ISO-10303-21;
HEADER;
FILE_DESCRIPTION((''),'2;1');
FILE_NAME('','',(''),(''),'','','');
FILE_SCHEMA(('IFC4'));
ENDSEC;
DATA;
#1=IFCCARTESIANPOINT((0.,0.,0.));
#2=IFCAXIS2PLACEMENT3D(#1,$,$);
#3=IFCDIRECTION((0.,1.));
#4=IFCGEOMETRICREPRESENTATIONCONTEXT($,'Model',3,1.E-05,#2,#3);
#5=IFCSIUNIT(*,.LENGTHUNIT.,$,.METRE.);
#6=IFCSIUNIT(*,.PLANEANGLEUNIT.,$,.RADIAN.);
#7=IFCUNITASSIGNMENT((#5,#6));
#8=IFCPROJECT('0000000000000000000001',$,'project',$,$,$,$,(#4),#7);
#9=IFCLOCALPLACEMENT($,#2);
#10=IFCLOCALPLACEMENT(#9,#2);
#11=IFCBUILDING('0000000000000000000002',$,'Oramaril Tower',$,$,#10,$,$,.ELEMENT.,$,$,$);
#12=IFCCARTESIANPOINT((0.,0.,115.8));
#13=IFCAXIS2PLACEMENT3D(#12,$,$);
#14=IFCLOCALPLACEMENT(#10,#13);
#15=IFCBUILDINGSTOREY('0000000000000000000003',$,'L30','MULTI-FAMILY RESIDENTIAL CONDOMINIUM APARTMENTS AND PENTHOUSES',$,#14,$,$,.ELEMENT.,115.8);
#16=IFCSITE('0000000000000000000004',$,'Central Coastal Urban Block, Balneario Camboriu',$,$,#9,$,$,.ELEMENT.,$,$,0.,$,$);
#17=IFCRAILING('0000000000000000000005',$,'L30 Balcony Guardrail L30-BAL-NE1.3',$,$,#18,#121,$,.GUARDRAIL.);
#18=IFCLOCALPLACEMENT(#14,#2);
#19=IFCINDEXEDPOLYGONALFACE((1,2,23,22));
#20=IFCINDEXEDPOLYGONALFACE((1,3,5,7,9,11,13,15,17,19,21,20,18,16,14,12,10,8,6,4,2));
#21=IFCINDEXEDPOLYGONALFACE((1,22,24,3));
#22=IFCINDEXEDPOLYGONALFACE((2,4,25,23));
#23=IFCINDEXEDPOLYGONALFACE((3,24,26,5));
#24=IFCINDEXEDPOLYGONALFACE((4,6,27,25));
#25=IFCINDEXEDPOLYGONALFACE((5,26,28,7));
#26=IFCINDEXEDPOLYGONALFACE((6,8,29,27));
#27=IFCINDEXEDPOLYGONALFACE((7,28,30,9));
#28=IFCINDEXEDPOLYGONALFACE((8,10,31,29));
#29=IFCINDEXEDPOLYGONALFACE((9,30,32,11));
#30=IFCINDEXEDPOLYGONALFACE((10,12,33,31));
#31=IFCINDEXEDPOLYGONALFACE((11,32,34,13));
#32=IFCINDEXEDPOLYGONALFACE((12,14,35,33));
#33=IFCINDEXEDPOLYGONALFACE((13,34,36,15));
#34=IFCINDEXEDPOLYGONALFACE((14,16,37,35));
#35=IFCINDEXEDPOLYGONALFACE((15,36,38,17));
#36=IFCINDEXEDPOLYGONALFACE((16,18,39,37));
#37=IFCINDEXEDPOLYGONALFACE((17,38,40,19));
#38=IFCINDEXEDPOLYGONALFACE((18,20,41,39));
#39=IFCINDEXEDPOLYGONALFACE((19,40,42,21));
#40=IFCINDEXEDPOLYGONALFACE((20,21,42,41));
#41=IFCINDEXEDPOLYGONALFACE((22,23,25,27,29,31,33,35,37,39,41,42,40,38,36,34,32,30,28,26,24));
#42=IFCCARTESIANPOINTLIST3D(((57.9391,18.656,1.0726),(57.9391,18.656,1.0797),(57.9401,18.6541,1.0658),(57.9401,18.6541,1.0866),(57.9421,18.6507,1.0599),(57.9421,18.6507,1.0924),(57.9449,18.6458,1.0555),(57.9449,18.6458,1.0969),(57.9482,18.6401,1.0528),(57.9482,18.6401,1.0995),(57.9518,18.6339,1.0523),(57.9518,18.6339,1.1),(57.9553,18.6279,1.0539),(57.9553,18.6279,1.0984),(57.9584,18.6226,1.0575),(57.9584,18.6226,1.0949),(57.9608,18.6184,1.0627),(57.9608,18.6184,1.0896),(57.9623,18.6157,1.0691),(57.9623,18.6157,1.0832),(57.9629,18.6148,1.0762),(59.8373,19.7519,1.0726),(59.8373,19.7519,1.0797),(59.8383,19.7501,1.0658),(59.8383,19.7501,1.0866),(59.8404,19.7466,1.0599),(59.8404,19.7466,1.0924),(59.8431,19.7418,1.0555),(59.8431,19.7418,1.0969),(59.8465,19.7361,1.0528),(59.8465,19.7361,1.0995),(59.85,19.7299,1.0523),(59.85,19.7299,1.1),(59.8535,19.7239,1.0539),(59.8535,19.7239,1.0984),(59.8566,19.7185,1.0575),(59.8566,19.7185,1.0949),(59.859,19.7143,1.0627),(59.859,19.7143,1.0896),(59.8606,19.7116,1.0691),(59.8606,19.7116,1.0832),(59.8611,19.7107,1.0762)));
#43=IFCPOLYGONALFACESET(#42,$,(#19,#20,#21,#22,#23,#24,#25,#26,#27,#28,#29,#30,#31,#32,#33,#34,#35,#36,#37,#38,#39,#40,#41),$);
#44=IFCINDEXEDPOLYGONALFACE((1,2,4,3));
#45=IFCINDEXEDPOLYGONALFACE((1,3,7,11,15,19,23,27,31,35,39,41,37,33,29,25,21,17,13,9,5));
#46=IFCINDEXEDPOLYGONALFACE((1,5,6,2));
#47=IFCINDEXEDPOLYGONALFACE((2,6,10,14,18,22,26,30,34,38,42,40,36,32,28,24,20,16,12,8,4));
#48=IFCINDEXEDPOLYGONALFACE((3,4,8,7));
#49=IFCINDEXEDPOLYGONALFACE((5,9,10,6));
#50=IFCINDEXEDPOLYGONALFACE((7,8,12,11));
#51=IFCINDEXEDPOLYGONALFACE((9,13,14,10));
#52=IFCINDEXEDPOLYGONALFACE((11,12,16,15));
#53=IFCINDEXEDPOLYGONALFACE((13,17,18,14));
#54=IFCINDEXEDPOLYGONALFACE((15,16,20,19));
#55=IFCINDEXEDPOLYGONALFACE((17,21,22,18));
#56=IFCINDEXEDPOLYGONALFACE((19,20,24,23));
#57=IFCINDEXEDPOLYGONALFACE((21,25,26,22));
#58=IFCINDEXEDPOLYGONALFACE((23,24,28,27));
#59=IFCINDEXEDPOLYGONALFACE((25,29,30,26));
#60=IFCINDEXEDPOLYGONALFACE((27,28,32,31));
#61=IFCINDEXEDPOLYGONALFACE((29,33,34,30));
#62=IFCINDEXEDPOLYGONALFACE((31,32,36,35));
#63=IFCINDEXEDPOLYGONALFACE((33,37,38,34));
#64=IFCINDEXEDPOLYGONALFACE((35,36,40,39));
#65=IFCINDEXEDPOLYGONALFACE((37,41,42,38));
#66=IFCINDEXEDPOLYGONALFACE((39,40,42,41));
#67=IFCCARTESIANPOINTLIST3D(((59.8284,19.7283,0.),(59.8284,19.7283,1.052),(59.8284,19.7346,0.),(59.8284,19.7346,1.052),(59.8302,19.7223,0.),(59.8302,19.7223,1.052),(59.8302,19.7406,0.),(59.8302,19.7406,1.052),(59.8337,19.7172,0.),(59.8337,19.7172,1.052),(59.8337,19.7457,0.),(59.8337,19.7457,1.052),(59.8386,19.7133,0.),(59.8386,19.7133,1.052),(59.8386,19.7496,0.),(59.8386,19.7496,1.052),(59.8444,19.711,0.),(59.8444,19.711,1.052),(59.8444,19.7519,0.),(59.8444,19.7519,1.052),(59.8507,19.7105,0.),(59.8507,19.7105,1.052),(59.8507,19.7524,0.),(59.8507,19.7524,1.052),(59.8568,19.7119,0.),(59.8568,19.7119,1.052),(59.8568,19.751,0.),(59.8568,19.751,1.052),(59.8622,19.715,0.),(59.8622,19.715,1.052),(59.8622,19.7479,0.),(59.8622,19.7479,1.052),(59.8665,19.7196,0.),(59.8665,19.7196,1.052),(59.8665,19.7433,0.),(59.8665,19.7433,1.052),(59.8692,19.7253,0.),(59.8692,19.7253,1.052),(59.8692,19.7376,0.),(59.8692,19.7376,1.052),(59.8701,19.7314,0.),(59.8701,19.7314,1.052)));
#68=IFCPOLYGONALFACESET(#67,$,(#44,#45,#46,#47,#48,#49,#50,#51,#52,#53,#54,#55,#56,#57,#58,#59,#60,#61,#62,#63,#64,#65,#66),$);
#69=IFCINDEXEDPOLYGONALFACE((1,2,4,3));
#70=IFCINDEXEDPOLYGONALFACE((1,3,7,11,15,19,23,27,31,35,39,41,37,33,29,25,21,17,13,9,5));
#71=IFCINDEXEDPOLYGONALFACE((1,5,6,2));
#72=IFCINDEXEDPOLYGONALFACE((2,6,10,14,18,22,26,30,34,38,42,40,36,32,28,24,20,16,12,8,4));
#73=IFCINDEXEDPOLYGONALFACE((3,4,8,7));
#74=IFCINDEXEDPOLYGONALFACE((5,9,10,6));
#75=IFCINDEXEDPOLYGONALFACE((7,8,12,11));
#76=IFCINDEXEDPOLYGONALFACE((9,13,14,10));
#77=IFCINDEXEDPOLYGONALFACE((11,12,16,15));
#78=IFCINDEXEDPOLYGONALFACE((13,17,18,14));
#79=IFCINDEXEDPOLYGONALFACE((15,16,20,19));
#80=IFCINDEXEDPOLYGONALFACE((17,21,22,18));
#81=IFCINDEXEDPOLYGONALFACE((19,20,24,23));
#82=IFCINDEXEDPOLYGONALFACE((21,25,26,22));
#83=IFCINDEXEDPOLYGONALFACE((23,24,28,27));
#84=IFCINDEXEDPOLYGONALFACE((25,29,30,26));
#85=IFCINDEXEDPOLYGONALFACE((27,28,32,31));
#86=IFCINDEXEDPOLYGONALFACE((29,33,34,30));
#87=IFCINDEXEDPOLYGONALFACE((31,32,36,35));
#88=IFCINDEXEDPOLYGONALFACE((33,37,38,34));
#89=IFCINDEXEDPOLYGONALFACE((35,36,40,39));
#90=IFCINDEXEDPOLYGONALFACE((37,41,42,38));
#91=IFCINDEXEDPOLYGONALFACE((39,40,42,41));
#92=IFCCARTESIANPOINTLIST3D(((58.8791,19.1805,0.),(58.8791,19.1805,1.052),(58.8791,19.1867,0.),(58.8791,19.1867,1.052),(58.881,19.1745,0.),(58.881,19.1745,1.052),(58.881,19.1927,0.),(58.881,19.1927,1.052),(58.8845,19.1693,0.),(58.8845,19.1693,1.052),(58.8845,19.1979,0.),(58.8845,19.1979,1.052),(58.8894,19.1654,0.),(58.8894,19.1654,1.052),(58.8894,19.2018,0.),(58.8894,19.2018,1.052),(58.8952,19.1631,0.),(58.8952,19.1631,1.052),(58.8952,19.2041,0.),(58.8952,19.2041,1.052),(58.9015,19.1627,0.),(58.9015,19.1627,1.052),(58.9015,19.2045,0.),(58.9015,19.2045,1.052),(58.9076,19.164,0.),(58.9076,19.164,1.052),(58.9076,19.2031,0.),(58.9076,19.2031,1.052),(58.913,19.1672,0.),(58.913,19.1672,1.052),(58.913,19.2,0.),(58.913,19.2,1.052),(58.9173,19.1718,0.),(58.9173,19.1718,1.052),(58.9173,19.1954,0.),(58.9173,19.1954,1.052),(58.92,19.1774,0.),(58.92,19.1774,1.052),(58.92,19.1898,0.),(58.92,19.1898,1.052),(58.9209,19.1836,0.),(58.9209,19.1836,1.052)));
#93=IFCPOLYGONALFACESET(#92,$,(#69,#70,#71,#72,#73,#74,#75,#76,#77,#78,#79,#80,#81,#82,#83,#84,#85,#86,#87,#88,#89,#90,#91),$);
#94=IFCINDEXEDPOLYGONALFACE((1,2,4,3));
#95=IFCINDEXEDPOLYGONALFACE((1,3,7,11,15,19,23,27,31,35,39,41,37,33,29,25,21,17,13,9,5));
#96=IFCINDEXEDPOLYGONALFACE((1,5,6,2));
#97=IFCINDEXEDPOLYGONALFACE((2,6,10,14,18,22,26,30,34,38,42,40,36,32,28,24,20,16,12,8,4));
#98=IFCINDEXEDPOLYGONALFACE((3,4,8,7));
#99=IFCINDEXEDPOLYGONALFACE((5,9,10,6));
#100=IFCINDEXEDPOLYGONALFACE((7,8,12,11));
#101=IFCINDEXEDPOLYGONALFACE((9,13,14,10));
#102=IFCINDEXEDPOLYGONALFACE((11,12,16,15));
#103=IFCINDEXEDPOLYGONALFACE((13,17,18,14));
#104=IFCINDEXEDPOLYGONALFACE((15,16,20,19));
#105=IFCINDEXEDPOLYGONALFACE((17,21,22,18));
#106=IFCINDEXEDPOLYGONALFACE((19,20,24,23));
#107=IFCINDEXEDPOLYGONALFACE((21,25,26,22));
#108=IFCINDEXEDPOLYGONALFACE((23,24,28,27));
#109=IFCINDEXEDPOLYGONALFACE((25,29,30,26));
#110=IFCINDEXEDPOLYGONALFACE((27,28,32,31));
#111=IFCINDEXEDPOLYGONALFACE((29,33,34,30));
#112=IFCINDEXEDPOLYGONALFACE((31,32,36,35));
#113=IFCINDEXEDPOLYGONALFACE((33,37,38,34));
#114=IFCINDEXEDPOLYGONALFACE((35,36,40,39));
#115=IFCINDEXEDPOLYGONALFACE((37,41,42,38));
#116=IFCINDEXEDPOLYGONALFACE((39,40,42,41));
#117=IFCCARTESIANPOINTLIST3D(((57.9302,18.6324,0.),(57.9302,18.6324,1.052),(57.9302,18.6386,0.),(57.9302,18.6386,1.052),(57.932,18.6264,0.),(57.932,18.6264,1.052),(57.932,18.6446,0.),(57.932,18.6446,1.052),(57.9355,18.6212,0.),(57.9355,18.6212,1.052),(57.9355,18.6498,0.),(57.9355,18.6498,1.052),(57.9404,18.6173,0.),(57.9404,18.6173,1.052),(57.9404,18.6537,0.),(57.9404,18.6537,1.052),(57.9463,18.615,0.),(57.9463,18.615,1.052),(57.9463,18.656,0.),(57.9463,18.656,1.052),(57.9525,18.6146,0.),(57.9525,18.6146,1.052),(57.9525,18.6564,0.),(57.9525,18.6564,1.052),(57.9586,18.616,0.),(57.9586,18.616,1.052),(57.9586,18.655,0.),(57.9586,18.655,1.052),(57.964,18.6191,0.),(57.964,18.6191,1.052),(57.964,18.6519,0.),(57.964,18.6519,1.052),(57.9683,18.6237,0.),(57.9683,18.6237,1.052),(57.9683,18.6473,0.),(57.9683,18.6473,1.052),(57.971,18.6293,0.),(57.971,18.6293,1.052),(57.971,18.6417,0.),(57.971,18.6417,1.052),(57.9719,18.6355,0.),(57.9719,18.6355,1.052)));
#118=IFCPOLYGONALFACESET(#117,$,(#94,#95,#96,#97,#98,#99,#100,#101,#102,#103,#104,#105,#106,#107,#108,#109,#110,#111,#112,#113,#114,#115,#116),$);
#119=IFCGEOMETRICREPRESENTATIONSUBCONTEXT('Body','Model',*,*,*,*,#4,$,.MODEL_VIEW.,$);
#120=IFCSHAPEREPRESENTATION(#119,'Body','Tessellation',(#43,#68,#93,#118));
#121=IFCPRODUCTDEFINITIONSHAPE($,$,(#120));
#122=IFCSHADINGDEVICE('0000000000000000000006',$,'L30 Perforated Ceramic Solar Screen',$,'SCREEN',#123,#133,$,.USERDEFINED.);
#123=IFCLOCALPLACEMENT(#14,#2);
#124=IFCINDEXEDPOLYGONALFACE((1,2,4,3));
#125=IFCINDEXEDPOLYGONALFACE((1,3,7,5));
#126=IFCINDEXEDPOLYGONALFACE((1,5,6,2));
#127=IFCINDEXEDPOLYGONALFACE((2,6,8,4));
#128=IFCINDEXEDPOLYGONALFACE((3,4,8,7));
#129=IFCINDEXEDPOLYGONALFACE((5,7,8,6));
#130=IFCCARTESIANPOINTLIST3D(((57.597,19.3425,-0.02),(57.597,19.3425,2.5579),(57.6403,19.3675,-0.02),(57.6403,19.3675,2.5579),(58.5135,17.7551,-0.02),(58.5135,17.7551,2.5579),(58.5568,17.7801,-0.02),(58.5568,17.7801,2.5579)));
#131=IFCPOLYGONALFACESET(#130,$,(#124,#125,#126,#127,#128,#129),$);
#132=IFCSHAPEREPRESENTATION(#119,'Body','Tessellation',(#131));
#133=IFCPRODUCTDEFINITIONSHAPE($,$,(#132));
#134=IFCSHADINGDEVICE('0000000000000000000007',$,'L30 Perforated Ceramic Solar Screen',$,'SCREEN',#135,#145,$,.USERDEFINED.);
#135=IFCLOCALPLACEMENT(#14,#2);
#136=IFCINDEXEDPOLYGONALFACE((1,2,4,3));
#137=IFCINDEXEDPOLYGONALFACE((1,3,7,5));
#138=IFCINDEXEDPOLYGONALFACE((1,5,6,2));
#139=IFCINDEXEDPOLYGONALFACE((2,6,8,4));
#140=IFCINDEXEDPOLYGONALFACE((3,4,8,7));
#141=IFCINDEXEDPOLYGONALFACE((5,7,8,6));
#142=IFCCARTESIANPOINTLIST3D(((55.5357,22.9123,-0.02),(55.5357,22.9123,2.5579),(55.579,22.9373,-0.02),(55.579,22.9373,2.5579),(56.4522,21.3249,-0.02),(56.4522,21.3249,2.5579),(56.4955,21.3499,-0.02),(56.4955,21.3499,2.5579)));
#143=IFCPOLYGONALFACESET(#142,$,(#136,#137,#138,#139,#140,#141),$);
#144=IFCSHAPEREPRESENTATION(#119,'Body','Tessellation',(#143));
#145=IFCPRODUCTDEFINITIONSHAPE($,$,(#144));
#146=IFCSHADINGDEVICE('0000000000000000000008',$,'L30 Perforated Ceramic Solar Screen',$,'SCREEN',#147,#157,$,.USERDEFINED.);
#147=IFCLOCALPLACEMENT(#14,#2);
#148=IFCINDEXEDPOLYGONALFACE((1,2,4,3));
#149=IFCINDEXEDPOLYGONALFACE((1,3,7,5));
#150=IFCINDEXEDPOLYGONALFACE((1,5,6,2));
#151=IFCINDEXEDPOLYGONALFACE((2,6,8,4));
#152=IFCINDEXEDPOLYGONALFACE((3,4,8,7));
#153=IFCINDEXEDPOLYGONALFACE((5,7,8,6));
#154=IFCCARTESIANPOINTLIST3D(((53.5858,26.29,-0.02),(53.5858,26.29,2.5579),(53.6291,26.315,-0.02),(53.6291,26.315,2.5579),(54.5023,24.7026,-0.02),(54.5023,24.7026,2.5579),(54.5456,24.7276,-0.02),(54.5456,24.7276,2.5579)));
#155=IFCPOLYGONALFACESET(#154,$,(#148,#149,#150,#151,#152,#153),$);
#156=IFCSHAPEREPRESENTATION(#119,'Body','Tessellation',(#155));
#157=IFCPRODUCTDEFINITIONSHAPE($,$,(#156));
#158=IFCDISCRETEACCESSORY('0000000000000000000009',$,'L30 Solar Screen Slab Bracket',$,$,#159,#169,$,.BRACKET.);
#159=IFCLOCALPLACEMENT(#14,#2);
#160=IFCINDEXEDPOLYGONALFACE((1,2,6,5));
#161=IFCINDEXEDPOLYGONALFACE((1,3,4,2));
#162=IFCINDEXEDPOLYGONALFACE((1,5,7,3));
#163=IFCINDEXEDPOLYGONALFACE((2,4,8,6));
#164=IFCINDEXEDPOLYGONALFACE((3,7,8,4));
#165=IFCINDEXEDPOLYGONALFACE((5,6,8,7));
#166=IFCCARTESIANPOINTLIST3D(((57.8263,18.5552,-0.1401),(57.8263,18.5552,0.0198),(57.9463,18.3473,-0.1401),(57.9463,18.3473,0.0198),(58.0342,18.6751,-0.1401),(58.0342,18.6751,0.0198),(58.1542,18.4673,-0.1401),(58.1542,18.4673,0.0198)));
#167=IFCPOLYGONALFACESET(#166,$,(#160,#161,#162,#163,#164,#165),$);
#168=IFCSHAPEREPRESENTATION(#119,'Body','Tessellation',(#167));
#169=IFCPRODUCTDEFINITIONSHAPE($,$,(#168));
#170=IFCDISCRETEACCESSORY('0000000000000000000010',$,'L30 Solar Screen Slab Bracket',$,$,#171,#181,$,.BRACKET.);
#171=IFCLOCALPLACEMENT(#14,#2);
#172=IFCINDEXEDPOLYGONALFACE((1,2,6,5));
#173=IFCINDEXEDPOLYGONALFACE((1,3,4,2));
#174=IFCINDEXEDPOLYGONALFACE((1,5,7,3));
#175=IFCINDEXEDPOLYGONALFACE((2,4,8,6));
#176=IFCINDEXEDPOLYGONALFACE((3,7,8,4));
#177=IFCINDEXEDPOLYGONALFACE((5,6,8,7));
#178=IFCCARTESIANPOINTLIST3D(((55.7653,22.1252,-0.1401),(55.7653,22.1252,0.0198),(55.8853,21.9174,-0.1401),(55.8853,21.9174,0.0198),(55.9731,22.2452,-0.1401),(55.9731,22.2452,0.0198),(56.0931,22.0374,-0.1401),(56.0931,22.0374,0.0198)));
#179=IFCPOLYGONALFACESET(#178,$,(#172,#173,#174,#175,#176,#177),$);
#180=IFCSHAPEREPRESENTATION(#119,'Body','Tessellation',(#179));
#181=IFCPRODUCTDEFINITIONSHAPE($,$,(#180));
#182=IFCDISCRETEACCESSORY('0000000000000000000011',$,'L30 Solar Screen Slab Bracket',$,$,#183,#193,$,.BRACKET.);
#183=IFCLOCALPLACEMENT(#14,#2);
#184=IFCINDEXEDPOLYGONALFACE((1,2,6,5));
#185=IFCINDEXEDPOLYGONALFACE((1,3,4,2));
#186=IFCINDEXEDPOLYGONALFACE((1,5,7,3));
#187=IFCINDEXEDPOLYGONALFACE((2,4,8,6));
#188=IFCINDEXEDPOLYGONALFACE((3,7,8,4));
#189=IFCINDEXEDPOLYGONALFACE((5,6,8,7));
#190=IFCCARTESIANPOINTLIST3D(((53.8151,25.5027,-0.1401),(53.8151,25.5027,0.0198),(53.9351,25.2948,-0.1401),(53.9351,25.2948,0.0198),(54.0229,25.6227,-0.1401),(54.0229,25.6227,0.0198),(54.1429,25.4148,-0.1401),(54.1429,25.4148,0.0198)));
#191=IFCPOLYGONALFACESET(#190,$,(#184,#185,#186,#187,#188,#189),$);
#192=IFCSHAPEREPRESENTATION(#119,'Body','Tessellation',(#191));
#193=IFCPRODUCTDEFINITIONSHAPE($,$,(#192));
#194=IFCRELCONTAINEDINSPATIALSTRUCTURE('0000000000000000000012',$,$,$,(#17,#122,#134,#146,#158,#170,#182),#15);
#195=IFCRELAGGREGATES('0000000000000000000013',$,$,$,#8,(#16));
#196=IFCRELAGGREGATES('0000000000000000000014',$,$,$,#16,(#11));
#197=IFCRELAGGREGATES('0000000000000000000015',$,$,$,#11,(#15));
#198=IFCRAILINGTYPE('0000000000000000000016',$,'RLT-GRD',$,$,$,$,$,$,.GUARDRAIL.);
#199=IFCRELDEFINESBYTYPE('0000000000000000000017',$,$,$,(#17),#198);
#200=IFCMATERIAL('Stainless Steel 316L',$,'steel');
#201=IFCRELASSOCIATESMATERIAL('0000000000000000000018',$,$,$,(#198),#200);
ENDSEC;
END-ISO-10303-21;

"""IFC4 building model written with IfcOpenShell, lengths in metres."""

from ifc_helpers import new_model, si_unit, direction, frame, origin, origin_2d, place, context, subcontext, project, spatial, rectangle, circle, extrude, material, type_object, element, save


model = new_model("IFC4")

# Units and contexts
model_context = context("Model", 3, precision=1e-05, world=origin(), true_north=direction((0.0, 1.0)))
body_context = subcontext(model_context, "Body", "Model", "MODEL_VIEW")
ifc_project = project(units=[si_unit("LENGTHUNIT", "METRE"), si_unit("PLANEANGLEUNIT", "RADIAN")], contexts=[model_context])

# Site, building, storey
site_placement = place(None, origin())
site = spatial("IfcSite", under=ifc_project, at=site_placement, Name="Central Coastal Urban Block, Balneario Camboriu", CompositionType="ELEMENT", RefElevation=0.0)
building_placement = place(site_placement, origin())
building = spatial("IfcBuilding", under=site, at=building_placement, Name="Oramaril Tower", CompositionType="ELEMENT")
storey_placement = place(building_placement, frame((0.0, 0.0, 115.8)))
storey = spatial("IfcBuildingStorey", under=building, at=storey_placement, Name="L30", Description="MULTI-FAMILY RESIDENTIAL CONDOMINIUM APARTMENTS AND PENTHOUSES", CompositionType="ELEMENT", Elevation=115.8)

# Railing
ifc_material_1 = material(Name="Stainless Steel 316L", Category="steel")
railing_type = type_object("IfcRailingType", Name="RLT-GRD", PredefinedType="GUARDRAIL", material=ifc_material_1)
railing_1_placement = place(storey_placement, frame((59.8491, 19.7314, 0.0)))
element("IfcRailing", 1, at=railing_1_placement, inside=storey, type_object=railing_type, Name="L30 Balcony Guardrail L30-BAL-NE1.3", PredefinedType="GUARDRAIL", context=body_context, shape_type="SweptSolid", body=[
    extrude(circle(Radius=0.0239, at=origin_2d()), frame((0.0, 0.0, 1.0762), z_axis=(-0.866021, -0.500008, 0.0), x_axis=(0.500008, -0.866021, 0.0)), (0.0, 0.0, 1.0), 2.1919),
    extrude(circle(Radius=0.021, at=origin_2d()), origin(), (0.0, 0.0, 1.0), 1.052),
    extrude(circle(Radius=0.021, at=origin_2d()), frame((-0.9492, -0.5479, 0.0)), (0.0, 0.0, 1.0), 1.052),
    extrude(circle(Radius=0.021, at=origin_2d()), frame((-1.8982, -1.0959, 0.0)), (0.0, 0.0, 1.0), 1.052),
])

# Shading devices
for number, where, z_axis, x_axis, name in (
    (2, (58.0769, 18.5613, -0.02), (0.0, 0.0, 1.0), (-0.5, 0.866025, 0.0), "L30 Perforated Ceramic Solar Screen"),
    (3, (56.0156, 22.1311, -0.02), (0.0, 0.0, 1.0), (-0.5, 0.866025, 0.0), "L30 Perforated Ceramic Solar Screen"),
    (4, (54.0657, 25.5088, -0.02), (0.0, 0.0, 1.0), (-0.5, 0.866025, 0.0), "L30 Perforated Ceramic Solar Screen"),
):
    element("IfcShadingDevice", number, at=place(storey_placement, frame(where, z_axis=z_axis, x_axis=x_axis)), inside=storey, Name=name, ObjectType="SCREEN", PredefinedType="USERDEFINED", context=body_context, shape_type="SweptSolid", body=[
        extrude(rectangle(XDim=1.833, YDim=0.05, at=origin_2d()), origin(), (0.0, 0.0, 1.0), 2.5779),
    ])

# Discrete accessories
for number, where, z_axis, x_axis, name in (
    (5, (57.9902, 18.5112, -0.1401), (0.0, 0.0, 1.0), (-0.5, 0.866025, 0.0), "L30 Solar Screen Slab Bracket"),
    (6, (55.9292, 22.0813, -0.1401), (0.0, 0.0, 1.0), (-0.5, 0.866025, 0.0), "L30 Solar Screen Slab Bracket"),
    (7, (53.979, 25.4587, -0.1401), (0.0, 0.0, 1.0), (-0.5, 0.866025, 0.0), "L30 Solar Screen Slab Bracket"),
):
    element("IfcDiscreteAccessory", number, at=place(storey_placement, frame(where, z_axis=z_axis, x_axis=x_axis)), inside=storey, Name=name, PredefinedType="BRACKET", context=body_context, shape_type="SweptSolid", body=[
        extrude(rectangle(XDim=0.24, YDim=0.24, at=origin_2d()), origin(), (0.0, 0.0, 1.0), 0.1599),
    ])

save(model, "model.ifc")
